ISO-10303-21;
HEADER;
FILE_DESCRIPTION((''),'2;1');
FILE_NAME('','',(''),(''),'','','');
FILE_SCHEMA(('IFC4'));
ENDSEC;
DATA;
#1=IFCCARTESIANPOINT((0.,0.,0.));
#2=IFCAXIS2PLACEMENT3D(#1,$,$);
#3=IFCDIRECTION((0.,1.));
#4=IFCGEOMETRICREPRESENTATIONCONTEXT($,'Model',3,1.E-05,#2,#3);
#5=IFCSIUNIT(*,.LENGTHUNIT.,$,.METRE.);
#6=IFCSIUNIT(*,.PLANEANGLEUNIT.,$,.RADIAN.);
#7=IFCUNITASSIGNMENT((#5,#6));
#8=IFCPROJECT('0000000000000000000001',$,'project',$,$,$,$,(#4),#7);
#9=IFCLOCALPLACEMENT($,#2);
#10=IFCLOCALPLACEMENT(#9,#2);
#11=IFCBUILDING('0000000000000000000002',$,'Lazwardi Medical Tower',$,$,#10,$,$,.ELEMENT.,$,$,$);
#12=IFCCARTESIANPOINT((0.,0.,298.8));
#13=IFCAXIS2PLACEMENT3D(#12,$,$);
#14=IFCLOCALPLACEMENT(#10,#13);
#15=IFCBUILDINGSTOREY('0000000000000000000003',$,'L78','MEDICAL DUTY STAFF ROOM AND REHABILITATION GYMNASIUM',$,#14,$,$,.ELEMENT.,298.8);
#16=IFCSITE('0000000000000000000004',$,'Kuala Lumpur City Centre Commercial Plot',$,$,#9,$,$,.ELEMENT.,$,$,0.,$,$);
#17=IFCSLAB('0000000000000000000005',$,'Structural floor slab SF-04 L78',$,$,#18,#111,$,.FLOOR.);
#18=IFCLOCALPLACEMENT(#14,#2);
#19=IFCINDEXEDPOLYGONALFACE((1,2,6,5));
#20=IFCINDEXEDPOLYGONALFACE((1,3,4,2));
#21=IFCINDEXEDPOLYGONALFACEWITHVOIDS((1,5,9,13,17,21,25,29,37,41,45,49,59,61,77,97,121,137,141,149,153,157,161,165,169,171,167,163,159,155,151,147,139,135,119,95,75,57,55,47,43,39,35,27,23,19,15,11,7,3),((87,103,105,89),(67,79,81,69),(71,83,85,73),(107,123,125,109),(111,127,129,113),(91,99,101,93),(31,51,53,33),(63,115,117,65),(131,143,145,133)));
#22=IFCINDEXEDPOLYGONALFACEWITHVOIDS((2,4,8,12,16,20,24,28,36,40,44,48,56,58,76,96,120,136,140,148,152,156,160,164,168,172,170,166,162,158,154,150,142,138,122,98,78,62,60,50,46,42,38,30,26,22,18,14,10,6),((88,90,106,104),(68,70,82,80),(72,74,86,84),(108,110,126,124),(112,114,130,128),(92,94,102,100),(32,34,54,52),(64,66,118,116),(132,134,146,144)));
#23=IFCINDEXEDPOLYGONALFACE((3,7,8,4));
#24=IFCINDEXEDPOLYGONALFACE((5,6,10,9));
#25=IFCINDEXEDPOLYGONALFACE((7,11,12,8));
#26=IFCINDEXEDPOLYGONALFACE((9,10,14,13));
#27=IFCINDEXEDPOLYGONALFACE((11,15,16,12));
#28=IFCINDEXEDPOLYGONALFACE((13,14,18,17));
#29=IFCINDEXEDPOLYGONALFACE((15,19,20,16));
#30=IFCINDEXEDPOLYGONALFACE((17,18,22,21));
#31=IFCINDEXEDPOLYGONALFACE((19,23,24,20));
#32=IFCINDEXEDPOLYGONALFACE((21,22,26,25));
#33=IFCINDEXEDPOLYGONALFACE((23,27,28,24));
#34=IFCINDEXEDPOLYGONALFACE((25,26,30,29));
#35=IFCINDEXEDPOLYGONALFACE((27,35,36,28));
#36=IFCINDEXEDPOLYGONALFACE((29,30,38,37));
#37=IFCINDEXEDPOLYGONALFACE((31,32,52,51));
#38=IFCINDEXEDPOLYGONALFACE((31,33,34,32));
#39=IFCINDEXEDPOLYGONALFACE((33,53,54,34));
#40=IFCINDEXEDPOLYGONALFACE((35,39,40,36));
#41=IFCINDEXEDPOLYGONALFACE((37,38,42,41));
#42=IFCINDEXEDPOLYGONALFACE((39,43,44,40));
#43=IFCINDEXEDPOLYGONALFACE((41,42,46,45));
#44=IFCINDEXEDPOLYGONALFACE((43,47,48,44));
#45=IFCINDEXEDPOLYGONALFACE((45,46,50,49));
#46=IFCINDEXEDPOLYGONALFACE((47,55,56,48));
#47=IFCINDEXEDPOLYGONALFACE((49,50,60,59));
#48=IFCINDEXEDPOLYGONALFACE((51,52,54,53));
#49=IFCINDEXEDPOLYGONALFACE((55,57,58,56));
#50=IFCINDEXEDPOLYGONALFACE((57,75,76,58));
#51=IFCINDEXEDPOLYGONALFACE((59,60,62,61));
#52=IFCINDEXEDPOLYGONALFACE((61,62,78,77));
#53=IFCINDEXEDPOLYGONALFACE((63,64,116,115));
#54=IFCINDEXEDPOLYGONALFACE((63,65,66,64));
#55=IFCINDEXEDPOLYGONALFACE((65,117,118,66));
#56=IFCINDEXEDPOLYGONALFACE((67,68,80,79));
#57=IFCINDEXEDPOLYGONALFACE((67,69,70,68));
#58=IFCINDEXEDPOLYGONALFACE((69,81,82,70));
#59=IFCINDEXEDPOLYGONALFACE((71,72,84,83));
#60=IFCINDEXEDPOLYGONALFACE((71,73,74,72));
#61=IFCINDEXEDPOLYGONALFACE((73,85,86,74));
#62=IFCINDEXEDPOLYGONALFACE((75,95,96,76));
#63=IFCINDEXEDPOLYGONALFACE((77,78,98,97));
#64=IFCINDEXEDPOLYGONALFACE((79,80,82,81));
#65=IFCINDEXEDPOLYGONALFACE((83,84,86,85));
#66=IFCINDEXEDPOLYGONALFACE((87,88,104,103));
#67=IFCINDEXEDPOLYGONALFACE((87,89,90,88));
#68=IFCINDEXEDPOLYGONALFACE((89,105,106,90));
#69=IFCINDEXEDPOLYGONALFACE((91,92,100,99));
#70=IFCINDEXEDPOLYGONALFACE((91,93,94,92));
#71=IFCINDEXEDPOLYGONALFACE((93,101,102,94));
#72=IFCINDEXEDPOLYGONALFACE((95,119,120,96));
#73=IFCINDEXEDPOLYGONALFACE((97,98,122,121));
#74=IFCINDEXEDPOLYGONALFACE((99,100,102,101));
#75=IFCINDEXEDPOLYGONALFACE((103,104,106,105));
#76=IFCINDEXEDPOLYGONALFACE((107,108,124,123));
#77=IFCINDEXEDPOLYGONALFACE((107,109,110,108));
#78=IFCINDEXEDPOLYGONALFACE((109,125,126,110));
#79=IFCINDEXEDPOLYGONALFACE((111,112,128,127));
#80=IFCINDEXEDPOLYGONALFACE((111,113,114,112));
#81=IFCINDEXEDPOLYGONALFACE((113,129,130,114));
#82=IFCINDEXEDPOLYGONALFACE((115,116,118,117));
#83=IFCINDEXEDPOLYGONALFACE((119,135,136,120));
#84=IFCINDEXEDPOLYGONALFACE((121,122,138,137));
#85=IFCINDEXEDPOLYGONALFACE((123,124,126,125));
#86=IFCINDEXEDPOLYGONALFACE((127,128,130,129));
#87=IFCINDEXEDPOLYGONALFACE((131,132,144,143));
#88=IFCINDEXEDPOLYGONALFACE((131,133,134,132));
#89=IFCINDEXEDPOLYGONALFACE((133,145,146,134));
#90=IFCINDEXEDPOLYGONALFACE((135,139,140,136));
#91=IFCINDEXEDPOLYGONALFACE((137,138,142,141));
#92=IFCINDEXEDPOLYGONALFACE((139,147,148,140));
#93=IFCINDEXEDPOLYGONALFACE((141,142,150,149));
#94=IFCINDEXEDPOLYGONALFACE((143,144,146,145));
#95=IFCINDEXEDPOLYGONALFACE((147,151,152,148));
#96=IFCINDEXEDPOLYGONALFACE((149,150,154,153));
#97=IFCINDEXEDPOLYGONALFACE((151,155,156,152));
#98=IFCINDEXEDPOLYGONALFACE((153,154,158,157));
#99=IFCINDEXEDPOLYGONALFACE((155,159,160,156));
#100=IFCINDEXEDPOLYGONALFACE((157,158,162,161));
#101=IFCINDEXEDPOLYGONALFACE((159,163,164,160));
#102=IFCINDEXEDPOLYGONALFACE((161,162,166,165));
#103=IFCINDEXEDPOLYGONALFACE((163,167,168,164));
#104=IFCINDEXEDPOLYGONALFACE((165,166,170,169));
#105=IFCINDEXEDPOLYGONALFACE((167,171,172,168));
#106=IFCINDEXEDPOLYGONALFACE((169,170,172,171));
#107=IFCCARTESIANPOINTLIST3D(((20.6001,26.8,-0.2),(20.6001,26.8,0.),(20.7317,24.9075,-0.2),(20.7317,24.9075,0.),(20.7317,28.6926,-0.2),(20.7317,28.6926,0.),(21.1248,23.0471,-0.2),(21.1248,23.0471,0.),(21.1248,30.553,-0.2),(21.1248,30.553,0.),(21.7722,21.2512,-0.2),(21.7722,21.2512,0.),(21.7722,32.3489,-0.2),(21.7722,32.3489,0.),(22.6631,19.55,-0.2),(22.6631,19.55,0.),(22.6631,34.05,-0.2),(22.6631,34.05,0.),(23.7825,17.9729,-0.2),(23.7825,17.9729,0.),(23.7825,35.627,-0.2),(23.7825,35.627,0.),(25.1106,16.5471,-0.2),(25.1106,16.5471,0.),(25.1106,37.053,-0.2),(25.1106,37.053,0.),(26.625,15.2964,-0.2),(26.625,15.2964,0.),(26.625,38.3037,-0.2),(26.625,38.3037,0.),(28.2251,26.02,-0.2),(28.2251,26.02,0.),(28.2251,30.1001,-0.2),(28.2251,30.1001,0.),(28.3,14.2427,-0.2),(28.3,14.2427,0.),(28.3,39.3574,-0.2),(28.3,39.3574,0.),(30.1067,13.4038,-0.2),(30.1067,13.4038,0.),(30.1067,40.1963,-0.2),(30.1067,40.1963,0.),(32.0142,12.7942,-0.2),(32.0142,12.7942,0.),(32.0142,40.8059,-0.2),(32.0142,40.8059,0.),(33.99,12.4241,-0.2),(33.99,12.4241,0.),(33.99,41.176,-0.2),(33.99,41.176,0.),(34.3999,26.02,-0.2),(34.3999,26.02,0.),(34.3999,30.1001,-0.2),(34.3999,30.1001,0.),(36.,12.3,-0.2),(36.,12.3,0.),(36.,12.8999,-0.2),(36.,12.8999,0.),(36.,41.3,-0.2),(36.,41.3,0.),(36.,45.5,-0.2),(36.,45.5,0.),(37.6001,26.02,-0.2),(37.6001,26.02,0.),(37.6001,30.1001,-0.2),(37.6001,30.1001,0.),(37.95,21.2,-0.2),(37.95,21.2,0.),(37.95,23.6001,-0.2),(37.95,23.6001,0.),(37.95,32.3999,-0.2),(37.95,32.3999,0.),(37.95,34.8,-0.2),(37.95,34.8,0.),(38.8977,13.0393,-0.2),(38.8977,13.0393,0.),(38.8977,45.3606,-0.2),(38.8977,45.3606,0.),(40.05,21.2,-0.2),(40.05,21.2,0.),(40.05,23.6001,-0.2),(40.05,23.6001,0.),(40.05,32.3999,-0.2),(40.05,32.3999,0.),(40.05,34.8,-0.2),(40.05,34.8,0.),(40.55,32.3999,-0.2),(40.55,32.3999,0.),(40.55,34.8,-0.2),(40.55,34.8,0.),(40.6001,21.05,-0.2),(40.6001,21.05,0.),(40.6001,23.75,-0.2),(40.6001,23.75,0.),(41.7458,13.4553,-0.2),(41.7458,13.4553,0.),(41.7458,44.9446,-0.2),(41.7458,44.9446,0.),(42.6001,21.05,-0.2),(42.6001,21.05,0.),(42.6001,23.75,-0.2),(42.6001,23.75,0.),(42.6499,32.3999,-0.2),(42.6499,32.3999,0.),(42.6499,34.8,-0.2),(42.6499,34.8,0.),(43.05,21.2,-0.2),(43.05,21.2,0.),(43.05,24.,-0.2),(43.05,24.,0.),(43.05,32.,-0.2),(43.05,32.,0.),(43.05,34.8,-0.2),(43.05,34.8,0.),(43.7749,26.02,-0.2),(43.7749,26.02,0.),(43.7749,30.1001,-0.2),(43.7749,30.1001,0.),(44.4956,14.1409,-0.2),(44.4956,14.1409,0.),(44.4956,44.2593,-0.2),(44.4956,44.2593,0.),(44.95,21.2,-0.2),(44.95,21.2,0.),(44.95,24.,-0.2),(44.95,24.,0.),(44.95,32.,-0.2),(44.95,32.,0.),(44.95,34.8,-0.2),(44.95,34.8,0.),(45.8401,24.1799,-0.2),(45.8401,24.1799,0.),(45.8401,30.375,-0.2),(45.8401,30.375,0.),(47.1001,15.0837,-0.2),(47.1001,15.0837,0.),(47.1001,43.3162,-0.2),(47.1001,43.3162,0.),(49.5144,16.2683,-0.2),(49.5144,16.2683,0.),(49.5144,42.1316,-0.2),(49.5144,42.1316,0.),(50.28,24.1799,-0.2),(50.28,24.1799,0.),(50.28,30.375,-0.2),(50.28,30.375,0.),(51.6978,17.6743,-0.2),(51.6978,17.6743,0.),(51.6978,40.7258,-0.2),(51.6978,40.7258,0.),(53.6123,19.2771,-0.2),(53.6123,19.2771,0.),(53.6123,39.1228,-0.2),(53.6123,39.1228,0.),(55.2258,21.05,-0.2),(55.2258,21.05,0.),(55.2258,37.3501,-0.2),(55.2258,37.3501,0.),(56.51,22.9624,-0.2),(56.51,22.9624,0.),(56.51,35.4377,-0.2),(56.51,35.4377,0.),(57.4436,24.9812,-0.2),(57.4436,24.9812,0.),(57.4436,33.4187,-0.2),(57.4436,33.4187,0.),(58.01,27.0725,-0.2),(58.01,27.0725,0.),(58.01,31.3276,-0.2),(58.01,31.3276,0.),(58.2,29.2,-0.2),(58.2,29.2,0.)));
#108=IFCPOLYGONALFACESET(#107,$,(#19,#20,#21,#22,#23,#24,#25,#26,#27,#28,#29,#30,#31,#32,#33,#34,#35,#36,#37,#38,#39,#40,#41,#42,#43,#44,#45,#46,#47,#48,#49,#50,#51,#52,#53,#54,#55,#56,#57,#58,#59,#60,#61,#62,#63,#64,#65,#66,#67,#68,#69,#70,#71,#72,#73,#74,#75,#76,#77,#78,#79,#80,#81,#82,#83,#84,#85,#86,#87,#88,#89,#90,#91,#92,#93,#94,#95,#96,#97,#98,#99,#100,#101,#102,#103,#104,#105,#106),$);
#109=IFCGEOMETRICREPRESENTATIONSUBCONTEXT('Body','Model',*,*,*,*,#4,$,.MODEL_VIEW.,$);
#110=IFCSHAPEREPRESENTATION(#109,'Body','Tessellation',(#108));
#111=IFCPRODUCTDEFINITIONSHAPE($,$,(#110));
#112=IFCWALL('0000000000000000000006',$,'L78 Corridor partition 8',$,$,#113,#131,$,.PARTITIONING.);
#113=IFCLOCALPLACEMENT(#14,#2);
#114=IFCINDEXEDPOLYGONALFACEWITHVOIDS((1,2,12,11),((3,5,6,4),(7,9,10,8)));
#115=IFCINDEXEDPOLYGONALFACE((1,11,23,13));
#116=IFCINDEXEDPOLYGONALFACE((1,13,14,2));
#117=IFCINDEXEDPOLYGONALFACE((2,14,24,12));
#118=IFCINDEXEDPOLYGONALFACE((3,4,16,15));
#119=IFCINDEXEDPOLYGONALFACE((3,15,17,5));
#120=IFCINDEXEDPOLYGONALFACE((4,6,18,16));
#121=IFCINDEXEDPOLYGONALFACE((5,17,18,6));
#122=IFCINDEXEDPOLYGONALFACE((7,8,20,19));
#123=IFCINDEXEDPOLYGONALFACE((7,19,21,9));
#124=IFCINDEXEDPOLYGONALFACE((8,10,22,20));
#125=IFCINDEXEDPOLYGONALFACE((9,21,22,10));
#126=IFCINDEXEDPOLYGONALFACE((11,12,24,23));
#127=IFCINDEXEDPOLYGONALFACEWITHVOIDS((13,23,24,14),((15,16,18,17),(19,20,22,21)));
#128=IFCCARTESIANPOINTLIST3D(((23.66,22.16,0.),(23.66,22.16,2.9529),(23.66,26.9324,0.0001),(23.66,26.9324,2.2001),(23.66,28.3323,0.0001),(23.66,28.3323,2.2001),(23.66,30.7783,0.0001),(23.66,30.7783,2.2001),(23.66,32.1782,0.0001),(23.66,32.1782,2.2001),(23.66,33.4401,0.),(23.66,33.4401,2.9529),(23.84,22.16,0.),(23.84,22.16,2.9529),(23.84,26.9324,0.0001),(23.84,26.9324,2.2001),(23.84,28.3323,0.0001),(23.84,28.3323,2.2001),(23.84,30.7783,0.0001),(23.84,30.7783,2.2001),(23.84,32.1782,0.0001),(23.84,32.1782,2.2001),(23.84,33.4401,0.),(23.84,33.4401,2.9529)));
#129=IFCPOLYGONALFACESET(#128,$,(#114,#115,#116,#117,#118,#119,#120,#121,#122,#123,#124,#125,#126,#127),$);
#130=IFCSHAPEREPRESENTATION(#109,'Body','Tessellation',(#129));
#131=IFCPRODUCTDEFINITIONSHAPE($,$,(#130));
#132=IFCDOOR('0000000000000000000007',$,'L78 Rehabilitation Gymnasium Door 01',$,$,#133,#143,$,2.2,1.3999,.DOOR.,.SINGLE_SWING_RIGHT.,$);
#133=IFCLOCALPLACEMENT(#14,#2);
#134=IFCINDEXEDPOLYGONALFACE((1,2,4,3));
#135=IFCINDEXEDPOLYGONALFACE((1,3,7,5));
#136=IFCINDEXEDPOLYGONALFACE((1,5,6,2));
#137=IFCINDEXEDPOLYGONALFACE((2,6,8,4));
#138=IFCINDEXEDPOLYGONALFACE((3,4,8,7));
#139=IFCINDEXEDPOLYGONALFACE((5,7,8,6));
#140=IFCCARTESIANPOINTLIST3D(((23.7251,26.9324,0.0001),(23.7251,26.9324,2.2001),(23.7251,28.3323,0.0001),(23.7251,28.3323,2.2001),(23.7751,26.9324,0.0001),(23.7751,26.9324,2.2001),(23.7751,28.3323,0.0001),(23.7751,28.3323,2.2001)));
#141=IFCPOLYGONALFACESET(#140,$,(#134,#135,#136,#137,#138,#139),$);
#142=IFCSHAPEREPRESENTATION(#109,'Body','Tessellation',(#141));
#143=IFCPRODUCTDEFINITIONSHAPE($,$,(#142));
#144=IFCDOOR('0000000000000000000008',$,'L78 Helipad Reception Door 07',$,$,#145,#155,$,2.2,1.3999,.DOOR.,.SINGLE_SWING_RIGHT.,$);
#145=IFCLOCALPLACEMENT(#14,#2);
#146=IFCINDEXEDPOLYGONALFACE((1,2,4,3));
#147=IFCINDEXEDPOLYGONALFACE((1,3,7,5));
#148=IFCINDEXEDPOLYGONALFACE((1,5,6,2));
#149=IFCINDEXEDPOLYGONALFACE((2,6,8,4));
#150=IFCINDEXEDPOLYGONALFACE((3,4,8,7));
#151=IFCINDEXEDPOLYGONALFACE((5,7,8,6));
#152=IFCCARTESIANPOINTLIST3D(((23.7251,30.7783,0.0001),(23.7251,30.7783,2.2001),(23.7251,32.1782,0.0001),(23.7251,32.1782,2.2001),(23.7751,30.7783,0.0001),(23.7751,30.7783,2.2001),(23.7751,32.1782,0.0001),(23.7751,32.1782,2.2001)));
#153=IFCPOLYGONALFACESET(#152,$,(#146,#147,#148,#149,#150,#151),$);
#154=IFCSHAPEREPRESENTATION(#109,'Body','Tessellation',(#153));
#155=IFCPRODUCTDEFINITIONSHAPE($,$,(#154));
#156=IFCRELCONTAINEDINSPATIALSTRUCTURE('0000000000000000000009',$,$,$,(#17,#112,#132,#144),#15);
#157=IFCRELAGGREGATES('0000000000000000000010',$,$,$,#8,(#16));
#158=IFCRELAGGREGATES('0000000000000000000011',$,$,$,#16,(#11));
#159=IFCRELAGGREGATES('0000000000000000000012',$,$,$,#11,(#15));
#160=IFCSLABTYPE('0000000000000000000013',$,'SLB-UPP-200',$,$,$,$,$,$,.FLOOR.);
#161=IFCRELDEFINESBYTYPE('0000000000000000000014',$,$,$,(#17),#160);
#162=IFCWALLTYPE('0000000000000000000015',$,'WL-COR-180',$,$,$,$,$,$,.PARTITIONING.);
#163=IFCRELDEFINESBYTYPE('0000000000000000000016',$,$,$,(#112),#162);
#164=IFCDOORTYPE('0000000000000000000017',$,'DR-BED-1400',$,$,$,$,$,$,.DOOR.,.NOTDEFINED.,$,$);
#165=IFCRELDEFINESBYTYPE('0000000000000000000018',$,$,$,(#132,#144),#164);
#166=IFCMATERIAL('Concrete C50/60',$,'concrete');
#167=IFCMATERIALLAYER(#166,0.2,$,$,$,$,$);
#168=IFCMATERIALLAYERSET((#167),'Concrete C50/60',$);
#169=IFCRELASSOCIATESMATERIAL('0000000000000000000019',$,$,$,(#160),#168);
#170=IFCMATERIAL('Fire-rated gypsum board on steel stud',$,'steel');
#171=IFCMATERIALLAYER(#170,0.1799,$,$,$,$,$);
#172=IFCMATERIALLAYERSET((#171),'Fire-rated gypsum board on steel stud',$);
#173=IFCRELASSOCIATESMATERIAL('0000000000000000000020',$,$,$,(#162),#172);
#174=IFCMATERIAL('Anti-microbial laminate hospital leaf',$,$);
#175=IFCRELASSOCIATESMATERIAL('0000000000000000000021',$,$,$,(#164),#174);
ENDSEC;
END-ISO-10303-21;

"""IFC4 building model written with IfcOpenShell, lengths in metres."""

from ifc_helpers import new_model, si_unit, direction, frame, frame_2d, origin, place, context, subcontext, project, spatial, polyline, rectangle, outline, extrude, material, layer, layer_set, type_object, element, fill, save


model = new_model("IFC4")

# Units and contexts
model_context = context("Model", 3, precision=1e-05, world=origin(), true_north=direction((0.0, 1.0)))
body_context = subcontext(model_context, "Body", "Model", "MODEL_VIEW")
ifc_project = project(units=[si_unit("LENGTHUNIT", "METRE"), si_unit("PLANEANGLEUNIT", "RADIAN")], contexts=[model_context])

# Site, building, storey
site_placement = place(None, origin())
site = spatial("IfcSite", under=ifc_project, at=site_placement, Name="Kuala Lumpur City Centre Commercial Plot", CompositionType="ELEMENT", RefElevation=0.0)
building_placement = place(site_placement, origin())
building = spatial("IfcBuilding", under=site, at=building_placement, Name="Lazwardi Medical Tower", CompositionType="ELEMENT")
storey_placement = place(building_placement, frame((0.0, 0.0, 298.8)))
storey = spatial("IfcBuildingStorey", under=building, at=storey_placement, Name="L78", Description="MEDICAL DUTY STAFF ROOM AND REHABILITATION GYMNASIUM", CompositionType="ELEMENT", Elevation=298.8)

# Slab
ifc_material_1 = material(Name="Concrete C50/60", Category="concrete")
ifc_layer_1 = layer(ifc_material_1, 0.2)
ifc_layer_set_1 = layer_set([ifc_layer_1], Name="Concrete C50/60")
slab_type_1 = type_object("IfcSlabType", Name="SLB-UPP-200", PredefinedType="FLOOR", material=ifc_layer_set_1)
slab_1_placement = place(storey_placement, frame((0.0, 0.0, -0.2)))
element("IfcSlab", 1, at=slab_1_placement, inside=storey, type_object=slab_type_1, Name="Structural floor slab SF-04 L78", PredefinedType="FLOOR", context=body_context, shape_type="SweptSolid", body=[
    extrude(outline(polyline([(23.7825, 17.9729), (25.1106, 16.5471), (26.625, 15.2964), (28.3, 14.2427), (30.1067, 13.4038), (32.0142, 12.7942), (33.99, 12.4241), (36.0, 12.3), (36.0, 12.8999), (38.8977, 13.0393), (41.7458, 13.4553), (44.4956, 14.1409), (47.1001, 15.0837), (49.5144, 16.2683), (51.6978, 17.6743), (53.6123, 19.2771), (55.2258, 21.05), (56.51, 22.9624), (57.4436, 24.9812), (58.01, 27.0725), (58.2, 29.2), (58.01, 31.3276), (57.4436, 33.4187), (56.51, 35.4377), (55.2258, 37.3501), (53.6123, 39.1228), (51.6978, 40.7258), (49.5144, 42.1316), (47.1001, 43.3162), (44.4956, 44.2593), (41.7458, 44.9446), (38.8977, 45.3606), (36.0, 45.5), (36.0, 41.3), (33.99, 41.176), (32.0142, 40.8059), (30.1067, 40.1963), (28.3, 39.3574), (26.625, 38.3037), (25.1106, 37.053), (23.7825, 35.627), (22.6631, 34.05), (21.7722, 32.3489), (21.1248, 30.553), (20.7317, 28.6926), (20.6001, 26.8), (20.7317, 24.9075), (21.1248, 23.0471), (21.7722, 21.2512), (22.6631, 19.55), (23.7825, 17.9729)]), holes=[polyline([(28.2251, 26.02), (28.2251, 30.1001), (34.3999, 30.1001), (34.3999, 26.02), (28.2251, 26.02)]), polyline([(37.6001, 30.1001), (43.7749, 30.1001), (43.7749, 26.02), (37.6001, 26.02), (37.6001, 30.1001)]), polyline([(50.28, 30.375), (50.28, 24.1799), (45.8401, 24.1799), (45.8401, 30.375), (50.28, 30.375)]), polyline([(40.05, 32.3999), (37.95, 32.3999), (37.95, 34.8), (40.05, 34.8), (40.05, 32.3999)]), polyline([(40.55, 32.3999), (40.55, 34.8), (42.6499, 34.8), (42.6499, 32.3999), (40.55, 32.3999)]), polyline([(37.95, 23.6001), (40.05, 23.6001), (40.05, 21.2), (37.95, 21.2), (37.95, 23.6001)]), polyline([(44.95, 34.8), (44.95, 32.0), (43.05, 32.0), (43.05, 34.8), (44.95, 34.8)]), polyline([(44.95, 21.2), (43.05, 21.2), (43.05, 24.0), (44.95, 24.0), (44.95, 21.2)]), polyline([(40.6001, 21.05), (40.6001, 23.75), (42.6001, 23.75), (42.6001, 21.05), (40.6001, 21.05)])]), origin(), (0.0, 0.0, 1.0), 0.2),
])

# Wall, openings, doors
ifc_material_2 = material(Name="Fire-rated gypsum board on steel stud", Category="steel")
ifc_layer_2 = layer(ifc_material_2, 0.1799)
ifc_layer_set_2 = layer_set([ifc_layer_2], Name="Fire-rated gypsum board on steel stud")
wall_type_1 = type_object("IfcWallType", Name="WL-COR-180", PredefinedType="PARTITIONING", material=ifc_layer_set_2)
wall_1_placement = place(storey_placement, frame((23.75, 22.1599, 0.0), z_axis=(0.0, 0.0, 1.0), x_axis=(0.0, 1.0, 0.0)))
wall_1 = element("IfcWall", 2, at=wall_1_placement, inside=storey, type_object=wall_type_1, Name="L78 Corridor partition 8", PredefinedType="PARTITIONING", context=body_context, shape_type="SweptSolid", body=[
    extrude(rectangle(XDim=11.28, YDim=0.1799, at=frame_2d((5.6401, 0.0))), origin(), (0.0, 0.0, 1.0), 2.9529),
])
opening_1_placement = place(wall_1_placement, frame((4.7725, 0.0, 0.0)))
opening_1 = element("IfcOpeningElement", 3, at=opening_1_placement, cuts=wall_1, PredefinedType="OPENING", context=body_context, shape_type="SweptSolid", body=[
    extrude(rectangle(XDim=1.3999, YDim=2.2, at=frame_2d((0.7, 1.1001))), frame((0.0, 0.0999, 0.0), z_axis=(0.0, -1.0, 0.0), x_axis=(1.0, 0.0, 0.0)), (0.0, 0.0, 1.0), 0.2),
])
opening_2_placement = place(wall_1_placement, frame((8.6184, 0.0, 0.0)))
opening_2 = element("IfcOpeningElement", 4, at=opening_2_placement, cuts=wall_1, PredefinedType="OPENING", context=body_context, shape_type="SweptSolid", body=[
    extrude(rectangle(XDim=1.3999, YDim=2.2, at=frame_2d((0.7, 1.1001))), frame((0.0, 0.0999, 0.0), z_axis=(0.0, -1.0, 0.0), x_axis=(1.0, 0.0, 0.0)), (0.0, 0.0, 1.0), 0.2),
])
ifc_material_3 = material(Name="Anti-microbial laminate hospital leaf")
door_type = type_object("IfcDoorType", Name="DR-BED-1400", OperationType="NOTDEFINED", PredefinedType="DOOR", material=ifc_material_3)
door_1_placement = place(opening_1_placement, origin())
door_1 = element("IfcDoor", 5, at=door_1_placement, inside=storey, type_object=door_type, Name="L78 Rehabilitation Gymnasium Door 01", OperationType="SINGLE_SWING_RIGHT", OverallHeight=2.2, OverallWidth=1.3999, PredefinedType="DOOR", context=body_context, shape_type="SweptSolid", body=[
    extrude(rectangle(XDim=1.3999, YDim=2.2, at=frame_2d((0.7, 1.1001))), frame((0.0, 0.0249, 0.0), z_axis=(0.0, -1.0, 0.0), x_axis=(1.0, 0.0, 0.0)), (0.0, 0.0, 1.0), 0.05),
])
fill(opening_1, door_1)
door_2_placement = place(opening_2_placement, origin())
door_2 = element("IfcDoor", 6, at=door_2_placement, inside=storey, type_object=door_type, Name="L78 Helipad Reception Door 07", OperationType="SINGLE_SWING_RIGHT", OverallHeight=2.2, OverallWidth=1.3999, PredefinedType="DOOR", context=body_context, shape_type="SweptSolid", body=[
    extrude(rectangle(XDim=1.3999, YDim=2.2, at=frame_2d((0.7, 1.1001))), frame((0.0, 0.0249, 0.0), z_axis=(0.0, -1.0, 0.0), x_axis=(1.0, 0.0, 0.0)), (0.0, 0.0, 1.0), 0.05),
])
fill(opening_2, door_2)

save(model, "model.ifc")
